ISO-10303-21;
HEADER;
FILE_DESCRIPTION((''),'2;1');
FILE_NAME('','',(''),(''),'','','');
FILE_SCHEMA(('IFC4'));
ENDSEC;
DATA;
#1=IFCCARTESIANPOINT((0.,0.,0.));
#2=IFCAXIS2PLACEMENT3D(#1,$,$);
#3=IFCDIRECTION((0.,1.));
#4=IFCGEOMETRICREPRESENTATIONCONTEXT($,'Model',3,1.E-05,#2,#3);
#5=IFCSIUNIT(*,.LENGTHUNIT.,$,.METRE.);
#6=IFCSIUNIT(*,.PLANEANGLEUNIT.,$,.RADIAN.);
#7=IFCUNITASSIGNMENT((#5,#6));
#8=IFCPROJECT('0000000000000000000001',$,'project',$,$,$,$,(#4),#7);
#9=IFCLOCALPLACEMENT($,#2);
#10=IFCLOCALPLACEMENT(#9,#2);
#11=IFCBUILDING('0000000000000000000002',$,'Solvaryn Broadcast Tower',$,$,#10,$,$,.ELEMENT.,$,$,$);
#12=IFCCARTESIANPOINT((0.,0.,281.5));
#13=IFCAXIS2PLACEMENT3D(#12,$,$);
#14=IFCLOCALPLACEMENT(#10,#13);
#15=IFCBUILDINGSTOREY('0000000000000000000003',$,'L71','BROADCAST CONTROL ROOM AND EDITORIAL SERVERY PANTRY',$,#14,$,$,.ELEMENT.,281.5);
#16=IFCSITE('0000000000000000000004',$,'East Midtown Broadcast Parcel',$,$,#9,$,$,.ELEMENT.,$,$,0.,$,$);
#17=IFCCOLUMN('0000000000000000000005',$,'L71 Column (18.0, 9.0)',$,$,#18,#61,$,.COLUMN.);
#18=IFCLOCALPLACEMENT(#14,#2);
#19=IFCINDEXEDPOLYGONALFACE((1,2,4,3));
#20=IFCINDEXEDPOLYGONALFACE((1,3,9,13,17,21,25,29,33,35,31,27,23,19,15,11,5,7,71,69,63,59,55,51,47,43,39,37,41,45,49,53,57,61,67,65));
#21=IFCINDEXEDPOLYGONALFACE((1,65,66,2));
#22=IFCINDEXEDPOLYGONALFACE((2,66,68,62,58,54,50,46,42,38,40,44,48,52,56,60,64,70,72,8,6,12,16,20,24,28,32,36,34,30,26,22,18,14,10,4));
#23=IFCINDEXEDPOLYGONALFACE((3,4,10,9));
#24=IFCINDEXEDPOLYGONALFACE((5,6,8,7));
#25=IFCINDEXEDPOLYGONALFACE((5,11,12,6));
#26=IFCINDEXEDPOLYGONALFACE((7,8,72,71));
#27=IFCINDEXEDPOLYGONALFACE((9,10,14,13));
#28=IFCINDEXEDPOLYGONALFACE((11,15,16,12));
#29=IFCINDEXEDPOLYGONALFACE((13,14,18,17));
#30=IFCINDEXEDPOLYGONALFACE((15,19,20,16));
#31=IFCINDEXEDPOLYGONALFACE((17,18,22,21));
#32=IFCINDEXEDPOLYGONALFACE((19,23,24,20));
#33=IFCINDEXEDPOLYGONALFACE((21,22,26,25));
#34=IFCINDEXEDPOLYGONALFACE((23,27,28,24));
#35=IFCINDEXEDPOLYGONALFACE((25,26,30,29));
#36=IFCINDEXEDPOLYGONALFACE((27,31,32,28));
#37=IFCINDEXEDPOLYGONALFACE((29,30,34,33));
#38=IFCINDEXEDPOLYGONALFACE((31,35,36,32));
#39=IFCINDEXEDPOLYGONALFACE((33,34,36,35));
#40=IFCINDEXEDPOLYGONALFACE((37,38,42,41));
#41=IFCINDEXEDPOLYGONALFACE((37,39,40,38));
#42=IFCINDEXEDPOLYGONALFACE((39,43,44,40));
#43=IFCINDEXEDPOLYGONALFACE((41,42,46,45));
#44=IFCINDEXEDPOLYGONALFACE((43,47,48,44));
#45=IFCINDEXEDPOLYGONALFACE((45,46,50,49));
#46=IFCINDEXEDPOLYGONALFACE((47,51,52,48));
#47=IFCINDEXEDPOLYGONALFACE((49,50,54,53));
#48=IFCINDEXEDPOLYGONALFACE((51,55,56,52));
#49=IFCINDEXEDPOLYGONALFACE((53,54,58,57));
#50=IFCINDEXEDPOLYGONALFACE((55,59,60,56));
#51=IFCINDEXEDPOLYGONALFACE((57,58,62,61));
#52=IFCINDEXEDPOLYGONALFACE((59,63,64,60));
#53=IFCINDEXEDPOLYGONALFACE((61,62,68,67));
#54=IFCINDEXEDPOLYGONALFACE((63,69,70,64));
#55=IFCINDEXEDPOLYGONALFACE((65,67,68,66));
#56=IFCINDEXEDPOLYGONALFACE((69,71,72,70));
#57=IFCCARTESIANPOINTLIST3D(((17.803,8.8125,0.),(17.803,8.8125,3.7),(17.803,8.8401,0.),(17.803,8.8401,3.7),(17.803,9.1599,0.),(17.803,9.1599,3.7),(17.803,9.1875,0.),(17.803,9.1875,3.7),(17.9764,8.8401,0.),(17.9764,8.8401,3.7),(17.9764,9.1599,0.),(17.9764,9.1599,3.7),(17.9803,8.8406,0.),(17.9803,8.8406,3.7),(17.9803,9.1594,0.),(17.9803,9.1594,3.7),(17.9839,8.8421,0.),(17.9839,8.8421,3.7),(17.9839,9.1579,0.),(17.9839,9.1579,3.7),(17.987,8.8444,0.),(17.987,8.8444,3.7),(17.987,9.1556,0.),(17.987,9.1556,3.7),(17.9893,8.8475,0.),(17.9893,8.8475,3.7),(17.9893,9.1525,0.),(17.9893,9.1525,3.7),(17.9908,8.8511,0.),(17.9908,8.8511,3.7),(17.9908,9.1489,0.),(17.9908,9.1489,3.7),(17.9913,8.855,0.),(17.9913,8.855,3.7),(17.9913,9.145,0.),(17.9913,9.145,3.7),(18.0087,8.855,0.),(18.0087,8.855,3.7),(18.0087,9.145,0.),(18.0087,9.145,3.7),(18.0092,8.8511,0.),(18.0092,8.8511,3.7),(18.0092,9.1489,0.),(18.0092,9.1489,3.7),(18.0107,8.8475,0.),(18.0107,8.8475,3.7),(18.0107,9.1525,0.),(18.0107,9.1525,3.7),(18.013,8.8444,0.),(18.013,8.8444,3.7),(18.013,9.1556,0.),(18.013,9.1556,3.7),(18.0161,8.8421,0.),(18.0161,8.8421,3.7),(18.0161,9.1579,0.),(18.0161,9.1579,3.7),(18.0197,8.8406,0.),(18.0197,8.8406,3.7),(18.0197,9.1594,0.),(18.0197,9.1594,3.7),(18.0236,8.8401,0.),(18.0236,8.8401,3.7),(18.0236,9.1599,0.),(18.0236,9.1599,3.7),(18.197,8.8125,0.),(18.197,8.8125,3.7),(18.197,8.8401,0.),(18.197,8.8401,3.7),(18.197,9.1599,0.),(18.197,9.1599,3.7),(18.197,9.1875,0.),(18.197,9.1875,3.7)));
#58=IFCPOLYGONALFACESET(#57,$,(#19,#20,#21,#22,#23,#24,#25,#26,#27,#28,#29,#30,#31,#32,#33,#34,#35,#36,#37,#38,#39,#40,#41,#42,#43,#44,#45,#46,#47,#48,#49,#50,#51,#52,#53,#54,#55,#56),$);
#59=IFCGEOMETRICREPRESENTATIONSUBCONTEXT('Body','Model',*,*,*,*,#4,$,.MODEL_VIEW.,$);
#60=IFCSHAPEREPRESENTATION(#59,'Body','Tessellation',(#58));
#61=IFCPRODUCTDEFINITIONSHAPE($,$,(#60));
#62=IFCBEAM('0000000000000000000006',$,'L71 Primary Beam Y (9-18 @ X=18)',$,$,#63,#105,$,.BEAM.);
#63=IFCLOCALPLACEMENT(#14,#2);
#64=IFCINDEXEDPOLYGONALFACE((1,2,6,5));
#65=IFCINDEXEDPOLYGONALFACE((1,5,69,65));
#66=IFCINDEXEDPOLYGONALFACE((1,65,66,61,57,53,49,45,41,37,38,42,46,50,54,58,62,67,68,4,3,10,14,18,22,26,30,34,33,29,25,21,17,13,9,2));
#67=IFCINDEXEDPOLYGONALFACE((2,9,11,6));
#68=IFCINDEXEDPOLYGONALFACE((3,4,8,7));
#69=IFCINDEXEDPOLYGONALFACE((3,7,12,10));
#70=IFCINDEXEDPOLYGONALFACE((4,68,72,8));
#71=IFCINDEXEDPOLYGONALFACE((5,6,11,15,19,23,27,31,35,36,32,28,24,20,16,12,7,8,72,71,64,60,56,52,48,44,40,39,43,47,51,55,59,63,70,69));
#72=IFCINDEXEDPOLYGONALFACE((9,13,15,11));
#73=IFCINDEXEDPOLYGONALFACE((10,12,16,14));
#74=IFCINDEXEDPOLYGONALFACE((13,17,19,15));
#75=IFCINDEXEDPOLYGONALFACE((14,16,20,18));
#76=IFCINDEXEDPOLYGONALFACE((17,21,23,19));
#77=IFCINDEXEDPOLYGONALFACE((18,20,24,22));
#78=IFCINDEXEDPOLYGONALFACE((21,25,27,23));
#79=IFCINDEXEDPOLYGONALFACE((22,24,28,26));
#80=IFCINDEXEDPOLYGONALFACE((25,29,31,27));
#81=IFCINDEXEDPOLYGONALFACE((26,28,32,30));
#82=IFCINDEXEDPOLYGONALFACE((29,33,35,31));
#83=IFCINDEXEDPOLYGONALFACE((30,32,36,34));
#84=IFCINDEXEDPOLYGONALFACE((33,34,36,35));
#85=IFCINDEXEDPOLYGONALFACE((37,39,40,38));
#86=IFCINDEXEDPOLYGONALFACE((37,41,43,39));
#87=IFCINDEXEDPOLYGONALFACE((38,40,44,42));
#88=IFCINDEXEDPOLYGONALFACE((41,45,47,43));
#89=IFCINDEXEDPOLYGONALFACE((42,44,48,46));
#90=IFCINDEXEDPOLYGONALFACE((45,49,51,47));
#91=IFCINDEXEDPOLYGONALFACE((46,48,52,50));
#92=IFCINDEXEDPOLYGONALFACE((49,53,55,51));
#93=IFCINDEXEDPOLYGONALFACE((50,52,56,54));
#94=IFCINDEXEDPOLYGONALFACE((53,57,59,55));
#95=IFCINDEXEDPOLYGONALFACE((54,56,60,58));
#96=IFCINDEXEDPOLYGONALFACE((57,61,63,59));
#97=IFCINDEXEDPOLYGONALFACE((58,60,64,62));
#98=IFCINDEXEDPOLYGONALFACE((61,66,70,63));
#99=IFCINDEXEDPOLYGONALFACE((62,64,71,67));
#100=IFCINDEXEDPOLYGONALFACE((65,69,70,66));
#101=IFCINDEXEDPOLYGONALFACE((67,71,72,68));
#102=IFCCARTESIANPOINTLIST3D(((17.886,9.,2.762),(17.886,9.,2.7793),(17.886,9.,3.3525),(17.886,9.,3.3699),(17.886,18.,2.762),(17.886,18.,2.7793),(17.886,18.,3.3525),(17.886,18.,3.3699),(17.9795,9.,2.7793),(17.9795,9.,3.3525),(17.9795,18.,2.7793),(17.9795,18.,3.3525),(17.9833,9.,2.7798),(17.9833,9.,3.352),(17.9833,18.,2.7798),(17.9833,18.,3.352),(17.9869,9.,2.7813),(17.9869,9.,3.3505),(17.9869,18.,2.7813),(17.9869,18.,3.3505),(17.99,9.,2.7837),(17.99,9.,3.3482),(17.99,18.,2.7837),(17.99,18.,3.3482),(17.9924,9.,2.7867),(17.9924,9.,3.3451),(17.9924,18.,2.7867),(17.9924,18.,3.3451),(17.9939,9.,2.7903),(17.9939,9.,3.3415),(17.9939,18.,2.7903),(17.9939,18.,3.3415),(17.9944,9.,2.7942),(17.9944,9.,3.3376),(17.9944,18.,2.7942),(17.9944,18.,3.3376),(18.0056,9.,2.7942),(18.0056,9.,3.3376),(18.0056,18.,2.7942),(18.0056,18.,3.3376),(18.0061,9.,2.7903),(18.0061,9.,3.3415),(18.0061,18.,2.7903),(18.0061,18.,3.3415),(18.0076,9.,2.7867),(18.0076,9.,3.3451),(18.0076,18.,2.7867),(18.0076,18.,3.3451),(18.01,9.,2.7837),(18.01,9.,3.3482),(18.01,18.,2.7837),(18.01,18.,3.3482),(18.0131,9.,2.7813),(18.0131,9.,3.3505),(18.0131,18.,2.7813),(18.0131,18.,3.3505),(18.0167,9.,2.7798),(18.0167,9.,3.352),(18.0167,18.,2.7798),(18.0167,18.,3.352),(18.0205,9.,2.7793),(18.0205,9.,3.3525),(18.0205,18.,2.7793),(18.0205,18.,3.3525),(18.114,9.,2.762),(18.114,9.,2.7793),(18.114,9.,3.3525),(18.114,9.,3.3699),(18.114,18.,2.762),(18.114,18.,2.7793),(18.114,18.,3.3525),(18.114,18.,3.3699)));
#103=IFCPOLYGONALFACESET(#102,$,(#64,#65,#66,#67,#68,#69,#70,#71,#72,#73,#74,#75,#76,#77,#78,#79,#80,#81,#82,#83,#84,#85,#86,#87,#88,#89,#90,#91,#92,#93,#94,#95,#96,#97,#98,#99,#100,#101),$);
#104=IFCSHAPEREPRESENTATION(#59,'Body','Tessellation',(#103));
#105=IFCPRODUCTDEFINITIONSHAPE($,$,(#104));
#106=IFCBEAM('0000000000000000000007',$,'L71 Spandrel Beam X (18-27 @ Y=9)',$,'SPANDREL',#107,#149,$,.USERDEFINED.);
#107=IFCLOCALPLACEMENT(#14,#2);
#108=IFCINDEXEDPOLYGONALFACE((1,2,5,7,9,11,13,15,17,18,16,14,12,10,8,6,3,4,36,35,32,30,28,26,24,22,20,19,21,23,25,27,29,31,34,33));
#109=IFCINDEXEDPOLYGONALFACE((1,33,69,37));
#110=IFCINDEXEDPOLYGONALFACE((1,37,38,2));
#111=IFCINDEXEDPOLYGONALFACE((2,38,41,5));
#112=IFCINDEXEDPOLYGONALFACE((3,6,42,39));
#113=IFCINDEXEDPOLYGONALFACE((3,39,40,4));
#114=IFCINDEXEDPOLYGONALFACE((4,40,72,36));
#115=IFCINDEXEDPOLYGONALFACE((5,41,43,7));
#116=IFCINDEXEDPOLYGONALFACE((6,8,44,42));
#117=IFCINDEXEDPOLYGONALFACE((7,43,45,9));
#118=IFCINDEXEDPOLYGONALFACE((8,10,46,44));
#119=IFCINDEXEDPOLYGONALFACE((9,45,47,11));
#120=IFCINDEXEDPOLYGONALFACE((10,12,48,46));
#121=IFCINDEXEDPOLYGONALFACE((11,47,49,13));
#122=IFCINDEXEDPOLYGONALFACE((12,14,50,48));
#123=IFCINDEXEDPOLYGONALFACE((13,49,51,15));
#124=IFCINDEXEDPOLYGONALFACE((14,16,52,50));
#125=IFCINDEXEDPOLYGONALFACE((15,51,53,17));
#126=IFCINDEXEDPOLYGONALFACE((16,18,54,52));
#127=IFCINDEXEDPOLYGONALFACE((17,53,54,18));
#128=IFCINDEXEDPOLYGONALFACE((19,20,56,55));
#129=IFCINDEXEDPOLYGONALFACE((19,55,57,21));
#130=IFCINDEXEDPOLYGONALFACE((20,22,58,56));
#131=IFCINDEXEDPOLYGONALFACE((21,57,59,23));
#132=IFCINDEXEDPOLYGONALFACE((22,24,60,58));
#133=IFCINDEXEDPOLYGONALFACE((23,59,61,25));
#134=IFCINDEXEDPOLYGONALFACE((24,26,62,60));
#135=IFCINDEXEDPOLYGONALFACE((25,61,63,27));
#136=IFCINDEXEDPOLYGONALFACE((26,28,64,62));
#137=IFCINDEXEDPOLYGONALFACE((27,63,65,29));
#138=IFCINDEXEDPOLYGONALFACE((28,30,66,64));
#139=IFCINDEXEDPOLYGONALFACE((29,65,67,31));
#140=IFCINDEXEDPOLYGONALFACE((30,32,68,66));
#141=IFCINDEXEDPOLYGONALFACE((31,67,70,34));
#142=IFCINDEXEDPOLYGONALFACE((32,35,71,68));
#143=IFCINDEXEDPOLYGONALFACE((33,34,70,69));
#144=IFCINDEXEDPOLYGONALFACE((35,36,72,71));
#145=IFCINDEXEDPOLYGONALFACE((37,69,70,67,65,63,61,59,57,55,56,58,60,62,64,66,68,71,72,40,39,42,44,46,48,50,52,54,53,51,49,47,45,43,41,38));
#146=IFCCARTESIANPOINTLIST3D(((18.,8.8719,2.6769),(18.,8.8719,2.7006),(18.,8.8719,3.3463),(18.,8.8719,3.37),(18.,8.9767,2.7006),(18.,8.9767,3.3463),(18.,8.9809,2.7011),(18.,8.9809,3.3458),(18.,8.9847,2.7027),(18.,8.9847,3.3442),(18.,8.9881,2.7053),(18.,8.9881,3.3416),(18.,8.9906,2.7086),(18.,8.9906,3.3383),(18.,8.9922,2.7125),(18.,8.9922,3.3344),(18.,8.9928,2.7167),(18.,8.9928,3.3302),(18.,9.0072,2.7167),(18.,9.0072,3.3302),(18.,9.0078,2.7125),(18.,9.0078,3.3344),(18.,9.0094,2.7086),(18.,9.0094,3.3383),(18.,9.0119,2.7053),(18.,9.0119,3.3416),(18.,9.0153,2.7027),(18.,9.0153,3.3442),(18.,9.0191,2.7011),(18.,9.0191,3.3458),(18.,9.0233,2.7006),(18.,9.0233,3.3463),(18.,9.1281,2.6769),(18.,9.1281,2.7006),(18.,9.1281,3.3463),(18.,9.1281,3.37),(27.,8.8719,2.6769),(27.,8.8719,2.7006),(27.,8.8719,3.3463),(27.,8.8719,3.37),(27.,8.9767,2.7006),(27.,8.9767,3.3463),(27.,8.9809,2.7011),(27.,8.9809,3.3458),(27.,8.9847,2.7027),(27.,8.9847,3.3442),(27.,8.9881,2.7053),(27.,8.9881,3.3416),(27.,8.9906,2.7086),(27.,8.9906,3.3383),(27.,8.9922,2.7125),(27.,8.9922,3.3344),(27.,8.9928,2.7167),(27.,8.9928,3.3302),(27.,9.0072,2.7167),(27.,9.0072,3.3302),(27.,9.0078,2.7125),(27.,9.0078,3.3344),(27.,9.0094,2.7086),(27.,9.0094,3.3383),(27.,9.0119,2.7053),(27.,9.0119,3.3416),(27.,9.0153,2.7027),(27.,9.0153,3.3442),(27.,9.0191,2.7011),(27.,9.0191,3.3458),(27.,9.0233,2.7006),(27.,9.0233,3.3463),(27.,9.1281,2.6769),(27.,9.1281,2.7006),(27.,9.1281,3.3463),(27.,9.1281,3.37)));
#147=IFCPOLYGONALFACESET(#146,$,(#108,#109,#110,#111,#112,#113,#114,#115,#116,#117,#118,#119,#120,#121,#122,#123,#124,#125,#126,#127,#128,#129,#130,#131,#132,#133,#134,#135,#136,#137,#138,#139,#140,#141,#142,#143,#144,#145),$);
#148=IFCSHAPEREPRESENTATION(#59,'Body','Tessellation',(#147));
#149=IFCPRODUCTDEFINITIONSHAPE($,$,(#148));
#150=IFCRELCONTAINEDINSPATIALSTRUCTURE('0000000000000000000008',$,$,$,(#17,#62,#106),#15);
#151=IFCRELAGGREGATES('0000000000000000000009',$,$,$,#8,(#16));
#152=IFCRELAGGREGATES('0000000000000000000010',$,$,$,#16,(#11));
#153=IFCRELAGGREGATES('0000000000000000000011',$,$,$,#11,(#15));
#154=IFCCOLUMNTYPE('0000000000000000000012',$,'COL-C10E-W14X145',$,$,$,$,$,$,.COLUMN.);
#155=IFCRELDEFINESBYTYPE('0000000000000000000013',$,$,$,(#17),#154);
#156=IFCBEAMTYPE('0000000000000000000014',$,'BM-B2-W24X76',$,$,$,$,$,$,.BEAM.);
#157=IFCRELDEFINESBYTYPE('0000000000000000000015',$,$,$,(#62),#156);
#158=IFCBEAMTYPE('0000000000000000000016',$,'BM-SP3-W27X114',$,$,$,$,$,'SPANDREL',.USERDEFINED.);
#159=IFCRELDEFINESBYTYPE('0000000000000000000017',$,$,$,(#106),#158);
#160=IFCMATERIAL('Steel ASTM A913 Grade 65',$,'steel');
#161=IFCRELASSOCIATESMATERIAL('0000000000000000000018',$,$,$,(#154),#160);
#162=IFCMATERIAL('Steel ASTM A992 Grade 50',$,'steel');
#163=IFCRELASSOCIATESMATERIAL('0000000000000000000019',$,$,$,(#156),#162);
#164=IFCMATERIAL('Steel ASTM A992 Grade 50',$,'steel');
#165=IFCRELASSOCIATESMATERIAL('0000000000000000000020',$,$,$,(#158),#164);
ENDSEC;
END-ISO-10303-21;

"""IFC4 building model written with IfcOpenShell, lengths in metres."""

from ifc_helpers import new_model, si_unit, direction, frame, origin, origin_2d, place, context, subcontext, project, spatial, i_section, extrude, material, material_profile, profile_set, type_object, element, save


model = new_model("IFC4")

# Units and contexts
model_context = context("Model", 3, precision=1e-05, world=origin(), true_north=direction((0.0, 1.0)))
body_context = subcontext(model_context, "Body", "Model", "MODEL_VIEW")
ifc_project = project(units=[si_unit("LENGTHUNIT", "METRE"), si_unit("PLANEANGLEUNIT", "RADIAN")], contexts=[model_context])

# Site, building, storey
site_placement = place(None, origin())
site = spatial("IfcSite", under=ifc_project, at=site_placement, Name="East Midtown Broadcast Parcel", CompositionType="ELEMENT", RefElevation=0.0)
building_placement = place(site_placement, origin())
building = spatial("IfcBuilding", under=site, at=building_placement, Name="Solvaryn Broadcast Tower", CompositionType="ELEMENT")
storey_placement = place(building_placement, frame((0.0, 0.0, 281.5)))
storey = spatial("IfcBuildingStorey", under=building, at=storey_placement, Name="L71", Description="BROADCAST CONTROL ROOM AND EDITORIAL SERVERY PANTRY", CompositionType="ELEMENT", Elevation=281.5)

# Column
ifc_material_1 = material(Name="Steel ASTM A913 Grade 65", Category="steel")
ifc_material_profile_1 = material_profile(ifc_material_1, i_section(OverallWidth=0.394, OverallDepth=0.375, WebThickness=0.0173, FlangeThickness=0.0276, FilletRadius=0.0149, at=origin_2d()))
ifc_profile_set_1 = profile_set([ifc_material_profile_1], Name="Steel ASTM A913 Grade 65")
column_type = type_object("IfcColumnType", Name="COL-C10E-W14X145", PredefinedType="COLUMN", material=ifc_profile_set_1)
column_placement = place(storey_placement, frame((18.0, 9.0, 0.0), z_axis=(0.0, 0.0, 1.0), x_axis=(1.0, 0.0, 0.0)))
element("IfcColumn", 1, at=column_placement, inside=storey, type_object=column_type, Name="L71 Column (18.0, 9.0)", PredefinedType="COLUMN", context=body_context, shape_type="SweptSolid", body=[
    extrude(i_section(OverallWidth=0.394, OverallDepth=0.375, WebThickness=0.0173, FlangeThickness=0.0276, FilletRadius=0.0149, at=origin_2d()), origin(), (0.0, 0.0, 1.0), 3.7),
])

# Beams
ifc_material_2 = material(Name="Steel ASTM A992 Grade 50", Category="steel")
ifc_material_profile_2 = material_profile(ifc_material_2, i_section(OverallWidth=0.228, OverallDepth=0.6079, WebThickness=0.0112, FlangeThickness=0.0173, FilletRadius=0.0149, at=origin_2d()))
ifc_profile_set_2 = profile_set([ifc_material_profile_2], Name="Steel ASTM A992 Grade 50")
beam_type_1 = type_object("IfcBeamType", Name="BM-B2-W24X76", PredefinedType="BEAM", material=ifc_profile_set_2)
beam_1_placement = place(storey_placement, frame((18.0, 9.0, 3.0659), z_axis=(0.0, 1.0, 0.0), x_axis=(-1.0, 0.0, 0.0)))
element("IfcBeam", 2, at=beam_1_placement, inside=storey, type_object=beam_type_1, Name="L71 Primary Beam Y (9-18 @ X=18)", PredefinedType="BEAM", context=body_context, shape_type="SweptSolid", body=[
    extrude(i_section(OverallWidth=0.228, OverallDepth=0.6079, WebThickness=0.0112, FlangeThickness=0.0173, FilletRadius=0.0149, at=origin_2d()), origin(), (0.0, 0.0, 1.0), 9.0),
])
ifc_material_3 = material(Name="Steel ASTM A992 Grade 50", Category="steel")
ifc_material_profile_3 = material_profile(ifc_material_3, i_section(OverallWidth=0.2561, OverallDepth=0.6931, WebThickness=0.0144, FlangeThickness=0.0237, FilletRadius=0.0161, at=origin_2d()))
ifc_profile_set_3 = profile_set([ifc_material_profile_3], Name="Steel ASTM A992 Grade 50")
beam_type_2 = type_object("IfcBeamType", Name="BM-SP3-W27X114", ElementType="SPANDREL", PredefinedType="USERDEFINED", material=ifc_profile_set_3)
beam_2_placement = place(storey_placement, frame((18.0, 9.0, 3.0234), z_axis=(1.0, 0.0, 0.0), x_axis=(0.0, 1.0, 0.0)))
element("IfcBeam", 3, at=beam_2_placement, inside=storey, type_object=beam_type_2, Name="L71 Spandrel Beam X (18-27 @ Y=9)", ObjectType="SPANDREL", PredefinedType="USERDEFINED", context=body_context, shape_type="SweptSolid", body=[
    extrude(i_section(OverallWidth=0.2561, OverallDepth=0.6931, WebThickness=0.0144, FlangeThickness=0.0237, FilletRadius=0.0161, at=origin_2d()), origin(), (0.0, 0.0, 1.0), 9.0),
])

save(model, "model.ifc")
